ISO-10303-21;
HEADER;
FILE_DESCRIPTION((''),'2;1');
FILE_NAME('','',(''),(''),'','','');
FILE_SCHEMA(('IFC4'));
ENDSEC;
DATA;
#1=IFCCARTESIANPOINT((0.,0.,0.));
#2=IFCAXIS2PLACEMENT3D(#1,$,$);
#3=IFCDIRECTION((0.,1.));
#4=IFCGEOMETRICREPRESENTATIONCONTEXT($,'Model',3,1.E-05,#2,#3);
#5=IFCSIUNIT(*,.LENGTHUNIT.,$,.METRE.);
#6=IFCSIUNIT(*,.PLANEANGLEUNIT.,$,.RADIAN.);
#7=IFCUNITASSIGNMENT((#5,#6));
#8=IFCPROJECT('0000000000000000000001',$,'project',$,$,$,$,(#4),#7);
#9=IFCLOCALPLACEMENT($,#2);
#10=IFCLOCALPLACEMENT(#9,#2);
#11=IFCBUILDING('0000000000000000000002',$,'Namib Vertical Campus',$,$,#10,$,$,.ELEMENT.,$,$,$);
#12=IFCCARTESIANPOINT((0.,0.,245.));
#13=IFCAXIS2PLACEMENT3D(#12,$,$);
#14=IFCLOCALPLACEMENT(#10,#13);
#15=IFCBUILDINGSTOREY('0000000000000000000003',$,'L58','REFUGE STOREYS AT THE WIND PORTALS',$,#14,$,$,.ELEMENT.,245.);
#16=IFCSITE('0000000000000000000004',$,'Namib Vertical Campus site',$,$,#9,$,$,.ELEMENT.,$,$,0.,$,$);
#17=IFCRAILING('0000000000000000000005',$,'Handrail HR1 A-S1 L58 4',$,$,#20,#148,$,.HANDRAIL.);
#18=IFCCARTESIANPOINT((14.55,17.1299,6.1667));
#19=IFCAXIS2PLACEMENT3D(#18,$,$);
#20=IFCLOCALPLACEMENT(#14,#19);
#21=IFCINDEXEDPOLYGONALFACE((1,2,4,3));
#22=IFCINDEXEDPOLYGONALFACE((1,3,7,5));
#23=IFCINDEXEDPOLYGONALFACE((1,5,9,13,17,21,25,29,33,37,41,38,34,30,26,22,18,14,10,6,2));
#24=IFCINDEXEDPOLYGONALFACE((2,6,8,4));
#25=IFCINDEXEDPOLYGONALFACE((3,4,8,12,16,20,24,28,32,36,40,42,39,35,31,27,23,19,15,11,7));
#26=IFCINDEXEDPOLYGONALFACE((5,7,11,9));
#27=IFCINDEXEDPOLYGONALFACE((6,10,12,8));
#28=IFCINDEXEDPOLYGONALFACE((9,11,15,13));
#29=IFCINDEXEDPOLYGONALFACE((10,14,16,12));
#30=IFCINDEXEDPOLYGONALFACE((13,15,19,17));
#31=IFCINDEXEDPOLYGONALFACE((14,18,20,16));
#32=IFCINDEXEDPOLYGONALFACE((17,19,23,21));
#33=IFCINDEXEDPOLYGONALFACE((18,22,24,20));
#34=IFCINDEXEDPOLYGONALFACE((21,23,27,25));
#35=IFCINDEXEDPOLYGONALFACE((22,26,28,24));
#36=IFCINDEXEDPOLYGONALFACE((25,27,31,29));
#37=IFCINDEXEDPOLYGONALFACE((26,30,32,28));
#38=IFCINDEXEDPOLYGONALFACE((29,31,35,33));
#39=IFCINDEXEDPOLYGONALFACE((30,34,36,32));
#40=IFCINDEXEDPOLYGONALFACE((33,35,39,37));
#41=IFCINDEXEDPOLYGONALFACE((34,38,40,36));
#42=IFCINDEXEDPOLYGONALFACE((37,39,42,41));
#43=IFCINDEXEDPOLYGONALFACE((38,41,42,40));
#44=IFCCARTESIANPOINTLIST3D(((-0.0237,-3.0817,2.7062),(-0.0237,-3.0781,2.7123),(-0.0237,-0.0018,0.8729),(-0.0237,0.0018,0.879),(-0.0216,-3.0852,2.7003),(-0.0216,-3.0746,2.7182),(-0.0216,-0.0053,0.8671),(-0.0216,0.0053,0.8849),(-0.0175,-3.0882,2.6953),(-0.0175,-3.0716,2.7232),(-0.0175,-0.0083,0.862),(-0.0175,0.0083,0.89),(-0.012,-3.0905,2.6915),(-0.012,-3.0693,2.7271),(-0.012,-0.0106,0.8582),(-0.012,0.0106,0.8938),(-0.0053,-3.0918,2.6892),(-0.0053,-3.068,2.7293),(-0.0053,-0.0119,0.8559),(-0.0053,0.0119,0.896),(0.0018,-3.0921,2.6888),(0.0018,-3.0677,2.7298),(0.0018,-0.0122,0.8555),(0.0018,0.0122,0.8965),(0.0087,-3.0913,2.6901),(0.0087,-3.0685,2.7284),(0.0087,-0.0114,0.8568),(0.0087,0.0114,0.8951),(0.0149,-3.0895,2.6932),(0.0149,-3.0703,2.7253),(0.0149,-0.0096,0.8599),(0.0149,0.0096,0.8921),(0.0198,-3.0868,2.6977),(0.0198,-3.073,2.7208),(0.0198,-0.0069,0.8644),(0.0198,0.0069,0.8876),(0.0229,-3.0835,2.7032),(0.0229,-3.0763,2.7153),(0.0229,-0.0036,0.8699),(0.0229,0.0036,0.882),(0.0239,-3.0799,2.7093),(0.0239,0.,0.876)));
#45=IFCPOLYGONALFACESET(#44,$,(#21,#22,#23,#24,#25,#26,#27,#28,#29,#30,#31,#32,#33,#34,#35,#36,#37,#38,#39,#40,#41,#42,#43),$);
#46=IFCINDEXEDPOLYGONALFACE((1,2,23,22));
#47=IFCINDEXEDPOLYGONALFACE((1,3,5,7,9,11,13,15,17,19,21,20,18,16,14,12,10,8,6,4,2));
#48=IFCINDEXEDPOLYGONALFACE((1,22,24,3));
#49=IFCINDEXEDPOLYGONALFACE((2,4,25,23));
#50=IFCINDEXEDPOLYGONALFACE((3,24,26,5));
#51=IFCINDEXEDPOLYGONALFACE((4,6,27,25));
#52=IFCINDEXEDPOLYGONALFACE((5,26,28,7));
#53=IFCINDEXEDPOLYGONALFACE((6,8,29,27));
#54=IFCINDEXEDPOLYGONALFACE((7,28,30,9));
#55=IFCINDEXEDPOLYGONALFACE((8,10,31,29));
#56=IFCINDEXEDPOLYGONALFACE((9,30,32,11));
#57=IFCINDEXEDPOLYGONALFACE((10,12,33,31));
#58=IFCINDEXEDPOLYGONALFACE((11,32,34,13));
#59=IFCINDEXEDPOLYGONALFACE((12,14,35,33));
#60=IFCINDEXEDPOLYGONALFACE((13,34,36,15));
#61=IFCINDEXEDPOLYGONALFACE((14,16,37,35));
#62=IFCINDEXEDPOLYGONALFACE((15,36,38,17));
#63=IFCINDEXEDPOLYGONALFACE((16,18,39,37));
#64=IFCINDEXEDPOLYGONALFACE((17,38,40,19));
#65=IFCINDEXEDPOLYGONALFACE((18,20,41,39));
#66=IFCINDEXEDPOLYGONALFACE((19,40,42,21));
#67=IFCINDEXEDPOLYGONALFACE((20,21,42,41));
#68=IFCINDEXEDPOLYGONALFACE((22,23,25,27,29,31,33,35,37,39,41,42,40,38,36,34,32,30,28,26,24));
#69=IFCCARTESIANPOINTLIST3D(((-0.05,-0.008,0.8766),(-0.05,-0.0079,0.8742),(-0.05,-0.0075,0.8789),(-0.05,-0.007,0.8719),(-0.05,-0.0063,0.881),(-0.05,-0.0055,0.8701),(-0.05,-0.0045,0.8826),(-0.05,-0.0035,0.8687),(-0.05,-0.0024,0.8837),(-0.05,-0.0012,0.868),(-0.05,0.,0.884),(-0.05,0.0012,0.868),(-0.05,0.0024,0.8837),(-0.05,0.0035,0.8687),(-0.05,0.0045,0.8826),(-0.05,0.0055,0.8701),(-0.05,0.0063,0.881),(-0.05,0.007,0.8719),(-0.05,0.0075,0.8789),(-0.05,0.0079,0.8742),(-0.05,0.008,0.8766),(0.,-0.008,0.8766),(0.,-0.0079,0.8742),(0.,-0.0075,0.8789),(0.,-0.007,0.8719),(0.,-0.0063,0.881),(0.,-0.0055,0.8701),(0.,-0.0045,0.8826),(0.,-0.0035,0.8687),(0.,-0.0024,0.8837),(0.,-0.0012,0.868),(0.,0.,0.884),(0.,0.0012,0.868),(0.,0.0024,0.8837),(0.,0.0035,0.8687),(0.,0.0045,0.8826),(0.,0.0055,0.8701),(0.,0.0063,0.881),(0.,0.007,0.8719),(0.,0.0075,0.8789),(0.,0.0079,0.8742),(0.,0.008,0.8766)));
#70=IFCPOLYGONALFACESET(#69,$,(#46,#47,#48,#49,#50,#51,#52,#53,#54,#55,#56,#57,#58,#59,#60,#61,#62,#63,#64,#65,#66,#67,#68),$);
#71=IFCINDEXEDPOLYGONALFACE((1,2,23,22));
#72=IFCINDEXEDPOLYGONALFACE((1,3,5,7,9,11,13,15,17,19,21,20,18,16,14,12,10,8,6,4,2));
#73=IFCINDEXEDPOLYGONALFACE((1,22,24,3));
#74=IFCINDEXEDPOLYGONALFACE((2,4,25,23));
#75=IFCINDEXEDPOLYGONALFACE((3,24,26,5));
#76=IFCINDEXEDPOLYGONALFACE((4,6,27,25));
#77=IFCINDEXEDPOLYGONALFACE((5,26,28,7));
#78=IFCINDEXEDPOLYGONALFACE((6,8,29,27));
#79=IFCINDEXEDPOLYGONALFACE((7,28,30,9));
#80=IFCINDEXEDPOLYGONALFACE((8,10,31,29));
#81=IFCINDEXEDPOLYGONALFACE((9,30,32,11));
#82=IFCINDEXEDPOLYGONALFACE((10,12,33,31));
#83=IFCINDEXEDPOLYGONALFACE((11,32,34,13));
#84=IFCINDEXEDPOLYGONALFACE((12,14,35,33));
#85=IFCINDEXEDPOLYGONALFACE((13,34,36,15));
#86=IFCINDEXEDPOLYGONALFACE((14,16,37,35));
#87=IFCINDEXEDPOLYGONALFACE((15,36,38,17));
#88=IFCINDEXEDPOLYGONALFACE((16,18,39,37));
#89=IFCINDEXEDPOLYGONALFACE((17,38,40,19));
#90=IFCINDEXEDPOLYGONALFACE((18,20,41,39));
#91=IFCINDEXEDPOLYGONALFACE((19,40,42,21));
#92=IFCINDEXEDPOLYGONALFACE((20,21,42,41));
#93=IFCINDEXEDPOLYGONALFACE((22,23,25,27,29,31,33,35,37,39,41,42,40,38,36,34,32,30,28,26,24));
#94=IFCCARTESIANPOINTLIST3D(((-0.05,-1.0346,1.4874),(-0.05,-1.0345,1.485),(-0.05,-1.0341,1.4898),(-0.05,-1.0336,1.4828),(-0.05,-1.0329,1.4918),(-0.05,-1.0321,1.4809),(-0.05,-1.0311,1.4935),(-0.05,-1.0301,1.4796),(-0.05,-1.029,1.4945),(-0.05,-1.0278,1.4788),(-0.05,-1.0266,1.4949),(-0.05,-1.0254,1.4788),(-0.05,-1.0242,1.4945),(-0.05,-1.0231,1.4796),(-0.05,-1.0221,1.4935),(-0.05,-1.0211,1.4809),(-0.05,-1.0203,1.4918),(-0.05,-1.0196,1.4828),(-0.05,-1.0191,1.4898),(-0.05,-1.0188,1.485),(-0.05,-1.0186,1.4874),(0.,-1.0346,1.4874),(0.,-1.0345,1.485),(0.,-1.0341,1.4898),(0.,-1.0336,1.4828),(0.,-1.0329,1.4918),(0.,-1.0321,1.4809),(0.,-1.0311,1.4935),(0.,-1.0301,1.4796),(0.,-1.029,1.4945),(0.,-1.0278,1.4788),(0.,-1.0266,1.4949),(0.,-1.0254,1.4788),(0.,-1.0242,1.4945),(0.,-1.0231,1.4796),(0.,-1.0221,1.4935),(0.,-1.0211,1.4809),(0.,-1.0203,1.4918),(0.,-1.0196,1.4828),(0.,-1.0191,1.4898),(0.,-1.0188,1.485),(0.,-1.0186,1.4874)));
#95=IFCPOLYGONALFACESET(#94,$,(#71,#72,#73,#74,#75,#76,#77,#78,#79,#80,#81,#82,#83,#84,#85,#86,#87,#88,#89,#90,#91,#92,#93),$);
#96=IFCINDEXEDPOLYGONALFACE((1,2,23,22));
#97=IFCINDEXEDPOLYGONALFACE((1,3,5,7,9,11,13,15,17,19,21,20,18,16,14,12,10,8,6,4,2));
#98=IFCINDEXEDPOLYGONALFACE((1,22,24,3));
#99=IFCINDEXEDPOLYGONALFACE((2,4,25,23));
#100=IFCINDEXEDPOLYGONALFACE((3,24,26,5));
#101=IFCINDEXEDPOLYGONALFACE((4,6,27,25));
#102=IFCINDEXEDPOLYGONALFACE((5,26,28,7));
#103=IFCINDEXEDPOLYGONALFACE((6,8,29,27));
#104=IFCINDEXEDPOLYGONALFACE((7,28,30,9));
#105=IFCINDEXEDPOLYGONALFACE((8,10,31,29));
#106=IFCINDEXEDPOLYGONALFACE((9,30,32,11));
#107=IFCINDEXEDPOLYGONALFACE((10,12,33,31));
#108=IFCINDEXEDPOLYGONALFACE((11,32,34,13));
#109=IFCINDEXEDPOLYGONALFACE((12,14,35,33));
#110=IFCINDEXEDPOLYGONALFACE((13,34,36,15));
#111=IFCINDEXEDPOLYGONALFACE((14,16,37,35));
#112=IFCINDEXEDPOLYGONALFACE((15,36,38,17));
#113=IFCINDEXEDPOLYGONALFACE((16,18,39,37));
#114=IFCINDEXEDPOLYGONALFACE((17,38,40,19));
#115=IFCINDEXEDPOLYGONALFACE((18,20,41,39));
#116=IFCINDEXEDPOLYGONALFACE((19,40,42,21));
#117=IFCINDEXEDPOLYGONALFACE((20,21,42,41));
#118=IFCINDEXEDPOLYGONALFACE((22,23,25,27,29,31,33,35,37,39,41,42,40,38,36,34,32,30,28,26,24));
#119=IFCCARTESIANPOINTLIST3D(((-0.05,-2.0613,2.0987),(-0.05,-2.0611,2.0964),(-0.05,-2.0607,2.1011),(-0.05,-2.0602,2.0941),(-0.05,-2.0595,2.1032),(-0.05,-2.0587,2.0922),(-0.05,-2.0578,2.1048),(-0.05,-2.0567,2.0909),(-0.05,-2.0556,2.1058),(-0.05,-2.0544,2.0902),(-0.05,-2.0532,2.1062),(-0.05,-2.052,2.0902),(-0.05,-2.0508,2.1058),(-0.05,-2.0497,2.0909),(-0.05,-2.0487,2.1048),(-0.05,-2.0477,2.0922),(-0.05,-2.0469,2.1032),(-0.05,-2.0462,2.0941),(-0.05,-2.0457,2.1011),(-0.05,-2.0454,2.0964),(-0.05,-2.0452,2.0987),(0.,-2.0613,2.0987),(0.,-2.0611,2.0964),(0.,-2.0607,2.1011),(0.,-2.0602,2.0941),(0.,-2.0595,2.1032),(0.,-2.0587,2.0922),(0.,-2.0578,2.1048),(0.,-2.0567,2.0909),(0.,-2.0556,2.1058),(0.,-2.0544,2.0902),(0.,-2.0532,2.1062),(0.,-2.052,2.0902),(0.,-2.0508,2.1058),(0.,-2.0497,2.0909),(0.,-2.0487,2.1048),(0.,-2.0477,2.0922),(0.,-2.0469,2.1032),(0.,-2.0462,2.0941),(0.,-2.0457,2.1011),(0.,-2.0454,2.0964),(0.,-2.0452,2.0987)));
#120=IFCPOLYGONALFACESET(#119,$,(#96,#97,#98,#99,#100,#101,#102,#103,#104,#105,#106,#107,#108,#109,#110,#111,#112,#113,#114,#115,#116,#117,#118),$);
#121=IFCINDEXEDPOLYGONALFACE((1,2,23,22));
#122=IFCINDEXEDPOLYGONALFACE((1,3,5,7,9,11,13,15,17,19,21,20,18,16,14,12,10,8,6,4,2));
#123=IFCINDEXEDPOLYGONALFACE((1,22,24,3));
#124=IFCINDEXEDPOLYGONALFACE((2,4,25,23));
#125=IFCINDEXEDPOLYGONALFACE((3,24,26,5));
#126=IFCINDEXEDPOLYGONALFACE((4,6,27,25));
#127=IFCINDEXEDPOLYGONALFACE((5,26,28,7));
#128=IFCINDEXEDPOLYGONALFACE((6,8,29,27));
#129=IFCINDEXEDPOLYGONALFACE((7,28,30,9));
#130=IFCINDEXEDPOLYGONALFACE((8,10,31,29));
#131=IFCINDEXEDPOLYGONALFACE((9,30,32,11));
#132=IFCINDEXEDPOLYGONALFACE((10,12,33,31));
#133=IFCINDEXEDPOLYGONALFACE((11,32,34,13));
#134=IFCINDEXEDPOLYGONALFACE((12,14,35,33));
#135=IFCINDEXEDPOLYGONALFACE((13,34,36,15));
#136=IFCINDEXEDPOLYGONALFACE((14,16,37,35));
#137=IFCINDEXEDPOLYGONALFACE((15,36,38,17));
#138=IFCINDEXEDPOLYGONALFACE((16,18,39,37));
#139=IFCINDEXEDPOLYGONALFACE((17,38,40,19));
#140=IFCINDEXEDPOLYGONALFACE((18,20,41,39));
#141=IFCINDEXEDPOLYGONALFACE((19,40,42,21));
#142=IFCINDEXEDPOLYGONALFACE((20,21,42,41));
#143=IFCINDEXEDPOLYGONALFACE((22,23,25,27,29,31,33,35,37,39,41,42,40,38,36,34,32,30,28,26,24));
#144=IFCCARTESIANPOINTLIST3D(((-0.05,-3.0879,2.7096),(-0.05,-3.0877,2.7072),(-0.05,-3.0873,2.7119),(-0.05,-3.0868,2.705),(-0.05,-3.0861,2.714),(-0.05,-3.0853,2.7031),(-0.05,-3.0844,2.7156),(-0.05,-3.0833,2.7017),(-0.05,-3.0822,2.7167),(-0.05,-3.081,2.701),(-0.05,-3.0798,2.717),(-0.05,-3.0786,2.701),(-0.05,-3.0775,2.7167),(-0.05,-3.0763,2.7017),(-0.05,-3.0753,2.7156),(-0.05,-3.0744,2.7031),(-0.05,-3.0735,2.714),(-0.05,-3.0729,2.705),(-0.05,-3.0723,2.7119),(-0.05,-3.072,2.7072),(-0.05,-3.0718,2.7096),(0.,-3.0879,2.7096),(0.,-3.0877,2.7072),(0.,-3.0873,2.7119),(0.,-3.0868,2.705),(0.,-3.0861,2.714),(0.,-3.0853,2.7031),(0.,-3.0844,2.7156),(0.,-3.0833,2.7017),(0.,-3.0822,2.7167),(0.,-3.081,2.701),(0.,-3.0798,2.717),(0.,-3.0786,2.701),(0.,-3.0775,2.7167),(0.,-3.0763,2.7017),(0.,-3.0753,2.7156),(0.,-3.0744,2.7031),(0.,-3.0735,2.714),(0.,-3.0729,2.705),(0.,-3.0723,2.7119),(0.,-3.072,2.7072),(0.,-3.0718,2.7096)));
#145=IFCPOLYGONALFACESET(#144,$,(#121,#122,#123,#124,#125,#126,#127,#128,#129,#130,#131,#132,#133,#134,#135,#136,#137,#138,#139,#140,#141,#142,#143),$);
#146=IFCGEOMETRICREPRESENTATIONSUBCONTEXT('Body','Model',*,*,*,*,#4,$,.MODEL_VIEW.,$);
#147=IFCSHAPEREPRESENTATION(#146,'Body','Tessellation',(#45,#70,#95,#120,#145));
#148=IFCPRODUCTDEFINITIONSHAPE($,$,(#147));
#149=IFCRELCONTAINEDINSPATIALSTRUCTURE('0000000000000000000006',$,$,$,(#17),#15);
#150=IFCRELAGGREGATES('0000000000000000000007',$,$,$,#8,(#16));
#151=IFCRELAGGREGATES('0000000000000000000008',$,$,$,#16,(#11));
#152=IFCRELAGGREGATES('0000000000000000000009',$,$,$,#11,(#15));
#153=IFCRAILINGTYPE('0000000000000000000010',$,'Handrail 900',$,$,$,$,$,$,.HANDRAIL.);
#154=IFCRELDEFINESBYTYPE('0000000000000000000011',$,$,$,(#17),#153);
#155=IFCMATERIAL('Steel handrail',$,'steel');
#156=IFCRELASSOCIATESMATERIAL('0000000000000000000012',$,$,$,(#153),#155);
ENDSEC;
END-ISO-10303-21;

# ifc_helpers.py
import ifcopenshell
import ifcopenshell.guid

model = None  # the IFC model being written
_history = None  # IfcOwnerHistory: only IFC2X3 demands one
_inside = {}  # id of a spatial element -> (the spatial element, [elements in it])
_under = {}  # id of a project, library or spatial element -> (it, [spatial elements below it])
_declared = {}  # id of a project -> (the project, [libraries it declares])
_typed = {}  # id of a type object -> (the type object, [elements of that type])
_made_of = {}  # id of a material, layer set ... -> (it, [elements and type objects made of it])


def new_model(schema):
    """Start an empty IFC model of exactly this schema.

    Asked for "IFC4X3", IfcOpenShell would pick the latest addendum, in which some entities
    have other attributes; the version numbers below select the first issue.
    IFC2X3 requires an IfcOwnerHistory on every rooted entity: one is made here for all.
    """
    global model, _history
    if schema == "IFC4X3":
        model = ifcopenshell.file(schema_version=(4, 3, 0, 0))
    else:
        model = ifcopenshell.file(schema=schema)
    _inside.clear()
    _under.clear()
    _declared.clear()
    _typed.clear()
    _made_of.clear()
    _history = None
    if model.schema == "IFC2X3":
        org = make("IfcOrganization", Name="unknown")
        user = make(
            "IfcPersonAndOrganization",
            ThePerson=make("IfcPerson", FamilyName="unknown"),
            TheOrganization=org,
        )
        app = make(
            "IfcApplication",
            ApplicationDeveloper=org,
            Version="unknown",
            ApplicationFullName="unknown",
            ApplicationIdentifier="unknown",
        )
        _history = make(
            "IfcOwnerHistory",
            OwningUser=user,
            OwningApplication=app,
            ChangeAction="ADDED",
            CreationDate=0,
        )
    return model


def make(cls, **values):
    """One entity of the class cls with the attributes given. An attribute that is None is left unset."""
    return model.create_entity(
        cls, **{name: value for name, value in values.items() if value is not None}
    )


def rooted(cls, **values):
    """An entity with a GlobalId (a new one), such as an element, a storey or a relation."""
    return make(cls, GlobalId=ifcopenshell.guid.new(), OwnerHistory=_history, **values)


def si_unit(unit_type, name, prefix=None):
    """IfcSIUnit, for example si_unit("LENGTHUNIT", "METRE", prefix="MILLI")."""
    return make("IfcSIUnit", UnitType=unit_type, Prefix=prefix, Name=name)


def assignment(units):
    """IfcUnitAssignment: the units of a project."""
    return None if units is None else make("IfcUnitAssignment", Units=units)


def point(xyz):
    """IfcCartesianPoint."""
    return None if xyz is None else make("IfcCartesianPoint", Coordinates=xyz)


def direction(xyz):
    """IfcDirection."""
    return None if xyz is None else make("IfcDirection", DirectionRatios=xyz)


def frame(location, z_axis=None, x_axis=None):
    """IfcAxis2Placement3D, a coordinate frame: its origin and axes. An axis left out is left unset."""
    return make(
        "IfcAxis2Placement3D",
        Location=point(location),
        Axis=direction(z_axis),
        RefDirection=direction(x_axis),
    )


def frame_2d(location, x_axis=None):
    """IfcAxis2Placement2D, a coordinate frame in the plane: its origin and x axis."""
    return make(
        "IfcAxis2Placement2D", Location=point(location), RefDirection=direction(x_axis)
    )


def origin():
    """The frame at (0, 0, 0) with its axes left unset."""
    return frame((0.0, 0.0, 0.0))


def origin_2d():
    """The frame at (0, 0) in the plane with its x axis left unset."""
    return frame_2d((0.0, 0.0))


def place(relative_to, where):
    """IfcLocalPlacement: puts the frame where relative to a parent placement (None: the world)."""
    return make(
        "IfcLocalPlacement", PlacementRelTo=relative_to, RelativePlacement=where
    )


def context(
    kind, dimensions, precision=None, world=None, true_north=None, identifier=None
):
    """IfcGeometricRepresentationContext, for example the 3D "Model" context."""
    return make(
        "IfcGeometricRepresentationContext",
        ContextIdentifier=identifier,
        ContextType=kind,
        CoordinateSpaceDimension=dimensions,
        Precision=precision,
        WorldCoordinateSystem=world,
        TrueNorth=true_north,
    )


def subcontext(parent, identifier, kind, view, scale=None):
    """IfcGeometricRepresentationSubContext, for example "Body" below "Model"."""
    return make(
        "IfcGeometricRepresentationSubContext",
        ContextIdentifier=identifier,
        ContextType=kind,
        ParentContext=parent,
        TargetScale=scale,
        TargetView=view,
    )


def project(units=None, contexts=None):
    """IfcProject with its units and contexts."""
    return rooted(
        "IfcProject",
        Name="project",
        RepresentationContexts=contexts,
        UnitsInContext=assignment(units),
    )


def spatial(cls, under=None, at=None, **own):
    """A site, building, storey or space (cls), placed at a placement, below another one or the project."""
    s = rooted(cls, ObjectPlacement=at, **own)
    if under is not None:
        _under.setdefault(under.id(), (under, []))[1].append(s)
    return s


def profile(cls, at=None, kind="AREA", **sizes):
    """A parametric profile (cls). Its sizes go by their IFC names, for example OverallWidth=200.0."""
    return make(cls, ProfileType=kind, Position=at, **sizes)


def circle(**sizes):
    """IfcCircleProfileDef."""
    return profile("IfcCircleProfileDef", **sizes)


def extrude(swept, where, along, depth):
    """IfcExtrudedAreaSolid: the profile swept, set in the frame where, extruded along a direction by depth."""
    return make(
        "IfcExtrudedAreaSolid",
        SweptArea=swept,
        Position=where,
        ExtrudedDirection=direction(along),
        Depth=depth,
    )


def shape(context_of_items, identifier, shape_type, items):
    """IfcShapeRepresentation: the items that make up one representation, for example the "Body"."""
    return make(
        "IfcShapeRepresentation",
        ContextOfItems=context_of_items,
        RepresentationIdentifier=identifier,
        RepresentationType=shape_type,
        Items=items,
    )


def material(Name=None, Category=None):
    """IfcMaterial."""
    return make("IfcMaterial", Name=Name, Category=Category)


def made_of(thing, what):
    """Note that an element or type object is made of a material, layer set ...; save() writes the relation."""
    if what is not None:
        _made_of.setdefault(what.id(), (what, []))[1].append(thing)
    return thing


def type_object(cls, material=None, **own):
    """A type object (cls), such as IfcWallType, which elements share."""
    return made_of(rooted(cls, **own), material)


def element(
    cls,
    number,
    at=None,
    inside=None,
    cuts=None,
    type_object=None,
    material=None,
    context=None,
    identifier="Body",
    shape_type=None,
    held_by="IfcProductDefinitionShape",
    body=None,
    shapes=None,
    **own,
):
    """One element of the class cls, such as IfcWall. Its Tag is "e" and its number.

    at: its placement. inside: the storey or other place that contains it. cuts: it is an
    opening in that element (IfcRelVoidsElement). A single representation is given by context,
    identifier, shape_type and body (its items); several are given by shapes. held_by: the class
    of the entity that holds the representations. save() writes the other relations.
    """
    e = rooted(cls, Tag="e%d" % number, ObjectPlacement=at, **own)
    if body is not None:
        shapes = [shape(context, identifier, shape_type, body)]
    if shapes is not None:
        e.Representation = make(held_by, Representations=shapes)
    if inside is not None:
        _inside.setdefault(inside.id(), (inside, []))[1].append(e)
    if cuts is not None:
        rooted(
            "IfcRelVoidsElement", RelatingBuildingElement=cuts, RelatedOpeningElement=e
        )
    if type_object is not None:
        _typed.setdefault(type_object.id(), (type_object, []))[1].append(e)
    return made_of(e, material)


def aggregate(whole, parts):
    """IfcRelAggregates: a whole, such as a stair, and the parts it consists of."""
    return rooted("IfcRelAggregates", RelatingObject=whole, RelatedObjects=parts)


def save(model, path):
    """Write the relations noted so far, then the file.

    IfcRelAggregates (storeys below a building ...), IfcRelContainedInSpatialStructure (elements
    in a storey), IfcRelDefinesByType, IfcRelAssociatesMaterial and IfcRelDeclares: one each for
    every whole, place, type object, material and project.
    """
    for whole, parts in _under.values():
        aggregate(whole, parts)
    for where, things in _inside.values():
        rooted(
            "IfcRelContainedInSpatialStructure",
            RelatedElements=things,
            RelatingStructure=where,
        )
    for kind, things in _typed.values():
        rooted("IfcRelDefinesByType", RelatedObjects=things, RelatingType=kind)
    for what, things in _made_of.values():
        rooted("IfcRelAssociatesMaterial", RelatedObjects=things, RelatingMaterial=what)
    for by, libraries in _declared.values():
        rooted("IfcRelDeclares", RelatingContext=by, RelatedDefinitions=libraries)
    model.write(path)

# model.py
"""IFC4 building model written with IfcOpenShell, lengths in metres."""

from ifc_helpers import new_model, si_unit, direction, frame, origin, origin_2d, place, context, subcontext, project, spatial, circle, extrude, material, type_object, element, save


model = new_model("IFC4")

# Units and contexts
model_context = context("Model", 3, precision=1e-05, world=origin(), true_north=direction((0.0, 1.0)))
body_context = subcontext(model_context, "Body", "Model", "MODEL_VIEW")
ifc_project = project(units=[si_unit("LENGTHUNIT", "METRE"), si_unit("PLANEANGLEUNIT", "RADIAN")], contexts=[model_context])

# Site, building, storey
site_placement = place(None, origin())
site = spatial("IfcSite", under=ifc_project, at=site_placement, Name="Namib Vertical Campus site", CompositionType="ELEMENT", RefElevation=0.0)
building_placement = place(site_placement, origin())
building = spatial("IfcBuilding", under=site, at=building_placement, Name="Namib Vertical Campus", CompositionType="ELEMENT")
storey_placement = place(building_placement, frame((0.0, 0.0, 245.0)))
storey = spatial("IfcBuildingStorey", under=building, at=storey_placement, Name="L58", Description="REFUGE STOREYS AT THE WIND PORTALS", CompositionType="ELEMENT", Elevation=245.0)

# Railing
ifc_material_1 = material(Name="Steel handrail", Category="steel")
railing_type = type_object("IfcRailingType", Name="Handrail 900", PredefinedType="HANDRAIL", material=ifc_material_1)
for number, where, name in (
    (1, (14.55, 17.1299, 6.1667), "Handrail HR1 A-S1 L58 4"),
):
    element("IfcRailing", number, at=place(storey_placement, frame(where)), inside=storey, type_object=railing_type, Name=name, PredefinedType="HANDRAIL", context=body_context, shape_type="SweptSolid", body=[
        extrude(circle(Radius=0.0239, at=origin_2d()), frame((0.0, 0.0, 0.876), z_axis=(0.0, -0.859291, 0.511487), x_axis=(1.0, 0.0, 0.0)), (0.0, 0.0, 1.0), 3.5842),
        extrude(circle(Radius=0.0081, at=origin_2d()), frame((0.0, 0.0, 0.876), z_axis=(-1.0, 0.0, 0.0), x_axis=(0.0, 0.0, 1.0)), (0.0, 0.0, 1.0), 0.05),
        extrude(circle(Radius=0.0081, at=origin_2d()), frame((0.0, -1.0266, 1.4868), z_axis=(-1.0, 0.0, 0.0), x_axis=(0.0, 0.0, 1.0)), (0.0, 0.0, 1.0), 0.05),
        extrude(circle(Radius=0.0081, at=origin_2d()), frame((0.0, -2.0532, 2.0981), z_axis=(-1.0, 0.0, 0.0), x_axis=(0.0, 0.0, 1.0)), (0.0, 0.0, 1.0), 0.05),
        extrude(circle(Radius=0.0081, at=origin_2d()), frame((0.0, -3.0798, 2.709), z_axis=(-1.0, 0.0, 0.0), x_axis=(0.0, 0.0, 1.0)), (0.0, 0.0, 1.0), 0.05),
    ])

save(model, "model.ifc")
